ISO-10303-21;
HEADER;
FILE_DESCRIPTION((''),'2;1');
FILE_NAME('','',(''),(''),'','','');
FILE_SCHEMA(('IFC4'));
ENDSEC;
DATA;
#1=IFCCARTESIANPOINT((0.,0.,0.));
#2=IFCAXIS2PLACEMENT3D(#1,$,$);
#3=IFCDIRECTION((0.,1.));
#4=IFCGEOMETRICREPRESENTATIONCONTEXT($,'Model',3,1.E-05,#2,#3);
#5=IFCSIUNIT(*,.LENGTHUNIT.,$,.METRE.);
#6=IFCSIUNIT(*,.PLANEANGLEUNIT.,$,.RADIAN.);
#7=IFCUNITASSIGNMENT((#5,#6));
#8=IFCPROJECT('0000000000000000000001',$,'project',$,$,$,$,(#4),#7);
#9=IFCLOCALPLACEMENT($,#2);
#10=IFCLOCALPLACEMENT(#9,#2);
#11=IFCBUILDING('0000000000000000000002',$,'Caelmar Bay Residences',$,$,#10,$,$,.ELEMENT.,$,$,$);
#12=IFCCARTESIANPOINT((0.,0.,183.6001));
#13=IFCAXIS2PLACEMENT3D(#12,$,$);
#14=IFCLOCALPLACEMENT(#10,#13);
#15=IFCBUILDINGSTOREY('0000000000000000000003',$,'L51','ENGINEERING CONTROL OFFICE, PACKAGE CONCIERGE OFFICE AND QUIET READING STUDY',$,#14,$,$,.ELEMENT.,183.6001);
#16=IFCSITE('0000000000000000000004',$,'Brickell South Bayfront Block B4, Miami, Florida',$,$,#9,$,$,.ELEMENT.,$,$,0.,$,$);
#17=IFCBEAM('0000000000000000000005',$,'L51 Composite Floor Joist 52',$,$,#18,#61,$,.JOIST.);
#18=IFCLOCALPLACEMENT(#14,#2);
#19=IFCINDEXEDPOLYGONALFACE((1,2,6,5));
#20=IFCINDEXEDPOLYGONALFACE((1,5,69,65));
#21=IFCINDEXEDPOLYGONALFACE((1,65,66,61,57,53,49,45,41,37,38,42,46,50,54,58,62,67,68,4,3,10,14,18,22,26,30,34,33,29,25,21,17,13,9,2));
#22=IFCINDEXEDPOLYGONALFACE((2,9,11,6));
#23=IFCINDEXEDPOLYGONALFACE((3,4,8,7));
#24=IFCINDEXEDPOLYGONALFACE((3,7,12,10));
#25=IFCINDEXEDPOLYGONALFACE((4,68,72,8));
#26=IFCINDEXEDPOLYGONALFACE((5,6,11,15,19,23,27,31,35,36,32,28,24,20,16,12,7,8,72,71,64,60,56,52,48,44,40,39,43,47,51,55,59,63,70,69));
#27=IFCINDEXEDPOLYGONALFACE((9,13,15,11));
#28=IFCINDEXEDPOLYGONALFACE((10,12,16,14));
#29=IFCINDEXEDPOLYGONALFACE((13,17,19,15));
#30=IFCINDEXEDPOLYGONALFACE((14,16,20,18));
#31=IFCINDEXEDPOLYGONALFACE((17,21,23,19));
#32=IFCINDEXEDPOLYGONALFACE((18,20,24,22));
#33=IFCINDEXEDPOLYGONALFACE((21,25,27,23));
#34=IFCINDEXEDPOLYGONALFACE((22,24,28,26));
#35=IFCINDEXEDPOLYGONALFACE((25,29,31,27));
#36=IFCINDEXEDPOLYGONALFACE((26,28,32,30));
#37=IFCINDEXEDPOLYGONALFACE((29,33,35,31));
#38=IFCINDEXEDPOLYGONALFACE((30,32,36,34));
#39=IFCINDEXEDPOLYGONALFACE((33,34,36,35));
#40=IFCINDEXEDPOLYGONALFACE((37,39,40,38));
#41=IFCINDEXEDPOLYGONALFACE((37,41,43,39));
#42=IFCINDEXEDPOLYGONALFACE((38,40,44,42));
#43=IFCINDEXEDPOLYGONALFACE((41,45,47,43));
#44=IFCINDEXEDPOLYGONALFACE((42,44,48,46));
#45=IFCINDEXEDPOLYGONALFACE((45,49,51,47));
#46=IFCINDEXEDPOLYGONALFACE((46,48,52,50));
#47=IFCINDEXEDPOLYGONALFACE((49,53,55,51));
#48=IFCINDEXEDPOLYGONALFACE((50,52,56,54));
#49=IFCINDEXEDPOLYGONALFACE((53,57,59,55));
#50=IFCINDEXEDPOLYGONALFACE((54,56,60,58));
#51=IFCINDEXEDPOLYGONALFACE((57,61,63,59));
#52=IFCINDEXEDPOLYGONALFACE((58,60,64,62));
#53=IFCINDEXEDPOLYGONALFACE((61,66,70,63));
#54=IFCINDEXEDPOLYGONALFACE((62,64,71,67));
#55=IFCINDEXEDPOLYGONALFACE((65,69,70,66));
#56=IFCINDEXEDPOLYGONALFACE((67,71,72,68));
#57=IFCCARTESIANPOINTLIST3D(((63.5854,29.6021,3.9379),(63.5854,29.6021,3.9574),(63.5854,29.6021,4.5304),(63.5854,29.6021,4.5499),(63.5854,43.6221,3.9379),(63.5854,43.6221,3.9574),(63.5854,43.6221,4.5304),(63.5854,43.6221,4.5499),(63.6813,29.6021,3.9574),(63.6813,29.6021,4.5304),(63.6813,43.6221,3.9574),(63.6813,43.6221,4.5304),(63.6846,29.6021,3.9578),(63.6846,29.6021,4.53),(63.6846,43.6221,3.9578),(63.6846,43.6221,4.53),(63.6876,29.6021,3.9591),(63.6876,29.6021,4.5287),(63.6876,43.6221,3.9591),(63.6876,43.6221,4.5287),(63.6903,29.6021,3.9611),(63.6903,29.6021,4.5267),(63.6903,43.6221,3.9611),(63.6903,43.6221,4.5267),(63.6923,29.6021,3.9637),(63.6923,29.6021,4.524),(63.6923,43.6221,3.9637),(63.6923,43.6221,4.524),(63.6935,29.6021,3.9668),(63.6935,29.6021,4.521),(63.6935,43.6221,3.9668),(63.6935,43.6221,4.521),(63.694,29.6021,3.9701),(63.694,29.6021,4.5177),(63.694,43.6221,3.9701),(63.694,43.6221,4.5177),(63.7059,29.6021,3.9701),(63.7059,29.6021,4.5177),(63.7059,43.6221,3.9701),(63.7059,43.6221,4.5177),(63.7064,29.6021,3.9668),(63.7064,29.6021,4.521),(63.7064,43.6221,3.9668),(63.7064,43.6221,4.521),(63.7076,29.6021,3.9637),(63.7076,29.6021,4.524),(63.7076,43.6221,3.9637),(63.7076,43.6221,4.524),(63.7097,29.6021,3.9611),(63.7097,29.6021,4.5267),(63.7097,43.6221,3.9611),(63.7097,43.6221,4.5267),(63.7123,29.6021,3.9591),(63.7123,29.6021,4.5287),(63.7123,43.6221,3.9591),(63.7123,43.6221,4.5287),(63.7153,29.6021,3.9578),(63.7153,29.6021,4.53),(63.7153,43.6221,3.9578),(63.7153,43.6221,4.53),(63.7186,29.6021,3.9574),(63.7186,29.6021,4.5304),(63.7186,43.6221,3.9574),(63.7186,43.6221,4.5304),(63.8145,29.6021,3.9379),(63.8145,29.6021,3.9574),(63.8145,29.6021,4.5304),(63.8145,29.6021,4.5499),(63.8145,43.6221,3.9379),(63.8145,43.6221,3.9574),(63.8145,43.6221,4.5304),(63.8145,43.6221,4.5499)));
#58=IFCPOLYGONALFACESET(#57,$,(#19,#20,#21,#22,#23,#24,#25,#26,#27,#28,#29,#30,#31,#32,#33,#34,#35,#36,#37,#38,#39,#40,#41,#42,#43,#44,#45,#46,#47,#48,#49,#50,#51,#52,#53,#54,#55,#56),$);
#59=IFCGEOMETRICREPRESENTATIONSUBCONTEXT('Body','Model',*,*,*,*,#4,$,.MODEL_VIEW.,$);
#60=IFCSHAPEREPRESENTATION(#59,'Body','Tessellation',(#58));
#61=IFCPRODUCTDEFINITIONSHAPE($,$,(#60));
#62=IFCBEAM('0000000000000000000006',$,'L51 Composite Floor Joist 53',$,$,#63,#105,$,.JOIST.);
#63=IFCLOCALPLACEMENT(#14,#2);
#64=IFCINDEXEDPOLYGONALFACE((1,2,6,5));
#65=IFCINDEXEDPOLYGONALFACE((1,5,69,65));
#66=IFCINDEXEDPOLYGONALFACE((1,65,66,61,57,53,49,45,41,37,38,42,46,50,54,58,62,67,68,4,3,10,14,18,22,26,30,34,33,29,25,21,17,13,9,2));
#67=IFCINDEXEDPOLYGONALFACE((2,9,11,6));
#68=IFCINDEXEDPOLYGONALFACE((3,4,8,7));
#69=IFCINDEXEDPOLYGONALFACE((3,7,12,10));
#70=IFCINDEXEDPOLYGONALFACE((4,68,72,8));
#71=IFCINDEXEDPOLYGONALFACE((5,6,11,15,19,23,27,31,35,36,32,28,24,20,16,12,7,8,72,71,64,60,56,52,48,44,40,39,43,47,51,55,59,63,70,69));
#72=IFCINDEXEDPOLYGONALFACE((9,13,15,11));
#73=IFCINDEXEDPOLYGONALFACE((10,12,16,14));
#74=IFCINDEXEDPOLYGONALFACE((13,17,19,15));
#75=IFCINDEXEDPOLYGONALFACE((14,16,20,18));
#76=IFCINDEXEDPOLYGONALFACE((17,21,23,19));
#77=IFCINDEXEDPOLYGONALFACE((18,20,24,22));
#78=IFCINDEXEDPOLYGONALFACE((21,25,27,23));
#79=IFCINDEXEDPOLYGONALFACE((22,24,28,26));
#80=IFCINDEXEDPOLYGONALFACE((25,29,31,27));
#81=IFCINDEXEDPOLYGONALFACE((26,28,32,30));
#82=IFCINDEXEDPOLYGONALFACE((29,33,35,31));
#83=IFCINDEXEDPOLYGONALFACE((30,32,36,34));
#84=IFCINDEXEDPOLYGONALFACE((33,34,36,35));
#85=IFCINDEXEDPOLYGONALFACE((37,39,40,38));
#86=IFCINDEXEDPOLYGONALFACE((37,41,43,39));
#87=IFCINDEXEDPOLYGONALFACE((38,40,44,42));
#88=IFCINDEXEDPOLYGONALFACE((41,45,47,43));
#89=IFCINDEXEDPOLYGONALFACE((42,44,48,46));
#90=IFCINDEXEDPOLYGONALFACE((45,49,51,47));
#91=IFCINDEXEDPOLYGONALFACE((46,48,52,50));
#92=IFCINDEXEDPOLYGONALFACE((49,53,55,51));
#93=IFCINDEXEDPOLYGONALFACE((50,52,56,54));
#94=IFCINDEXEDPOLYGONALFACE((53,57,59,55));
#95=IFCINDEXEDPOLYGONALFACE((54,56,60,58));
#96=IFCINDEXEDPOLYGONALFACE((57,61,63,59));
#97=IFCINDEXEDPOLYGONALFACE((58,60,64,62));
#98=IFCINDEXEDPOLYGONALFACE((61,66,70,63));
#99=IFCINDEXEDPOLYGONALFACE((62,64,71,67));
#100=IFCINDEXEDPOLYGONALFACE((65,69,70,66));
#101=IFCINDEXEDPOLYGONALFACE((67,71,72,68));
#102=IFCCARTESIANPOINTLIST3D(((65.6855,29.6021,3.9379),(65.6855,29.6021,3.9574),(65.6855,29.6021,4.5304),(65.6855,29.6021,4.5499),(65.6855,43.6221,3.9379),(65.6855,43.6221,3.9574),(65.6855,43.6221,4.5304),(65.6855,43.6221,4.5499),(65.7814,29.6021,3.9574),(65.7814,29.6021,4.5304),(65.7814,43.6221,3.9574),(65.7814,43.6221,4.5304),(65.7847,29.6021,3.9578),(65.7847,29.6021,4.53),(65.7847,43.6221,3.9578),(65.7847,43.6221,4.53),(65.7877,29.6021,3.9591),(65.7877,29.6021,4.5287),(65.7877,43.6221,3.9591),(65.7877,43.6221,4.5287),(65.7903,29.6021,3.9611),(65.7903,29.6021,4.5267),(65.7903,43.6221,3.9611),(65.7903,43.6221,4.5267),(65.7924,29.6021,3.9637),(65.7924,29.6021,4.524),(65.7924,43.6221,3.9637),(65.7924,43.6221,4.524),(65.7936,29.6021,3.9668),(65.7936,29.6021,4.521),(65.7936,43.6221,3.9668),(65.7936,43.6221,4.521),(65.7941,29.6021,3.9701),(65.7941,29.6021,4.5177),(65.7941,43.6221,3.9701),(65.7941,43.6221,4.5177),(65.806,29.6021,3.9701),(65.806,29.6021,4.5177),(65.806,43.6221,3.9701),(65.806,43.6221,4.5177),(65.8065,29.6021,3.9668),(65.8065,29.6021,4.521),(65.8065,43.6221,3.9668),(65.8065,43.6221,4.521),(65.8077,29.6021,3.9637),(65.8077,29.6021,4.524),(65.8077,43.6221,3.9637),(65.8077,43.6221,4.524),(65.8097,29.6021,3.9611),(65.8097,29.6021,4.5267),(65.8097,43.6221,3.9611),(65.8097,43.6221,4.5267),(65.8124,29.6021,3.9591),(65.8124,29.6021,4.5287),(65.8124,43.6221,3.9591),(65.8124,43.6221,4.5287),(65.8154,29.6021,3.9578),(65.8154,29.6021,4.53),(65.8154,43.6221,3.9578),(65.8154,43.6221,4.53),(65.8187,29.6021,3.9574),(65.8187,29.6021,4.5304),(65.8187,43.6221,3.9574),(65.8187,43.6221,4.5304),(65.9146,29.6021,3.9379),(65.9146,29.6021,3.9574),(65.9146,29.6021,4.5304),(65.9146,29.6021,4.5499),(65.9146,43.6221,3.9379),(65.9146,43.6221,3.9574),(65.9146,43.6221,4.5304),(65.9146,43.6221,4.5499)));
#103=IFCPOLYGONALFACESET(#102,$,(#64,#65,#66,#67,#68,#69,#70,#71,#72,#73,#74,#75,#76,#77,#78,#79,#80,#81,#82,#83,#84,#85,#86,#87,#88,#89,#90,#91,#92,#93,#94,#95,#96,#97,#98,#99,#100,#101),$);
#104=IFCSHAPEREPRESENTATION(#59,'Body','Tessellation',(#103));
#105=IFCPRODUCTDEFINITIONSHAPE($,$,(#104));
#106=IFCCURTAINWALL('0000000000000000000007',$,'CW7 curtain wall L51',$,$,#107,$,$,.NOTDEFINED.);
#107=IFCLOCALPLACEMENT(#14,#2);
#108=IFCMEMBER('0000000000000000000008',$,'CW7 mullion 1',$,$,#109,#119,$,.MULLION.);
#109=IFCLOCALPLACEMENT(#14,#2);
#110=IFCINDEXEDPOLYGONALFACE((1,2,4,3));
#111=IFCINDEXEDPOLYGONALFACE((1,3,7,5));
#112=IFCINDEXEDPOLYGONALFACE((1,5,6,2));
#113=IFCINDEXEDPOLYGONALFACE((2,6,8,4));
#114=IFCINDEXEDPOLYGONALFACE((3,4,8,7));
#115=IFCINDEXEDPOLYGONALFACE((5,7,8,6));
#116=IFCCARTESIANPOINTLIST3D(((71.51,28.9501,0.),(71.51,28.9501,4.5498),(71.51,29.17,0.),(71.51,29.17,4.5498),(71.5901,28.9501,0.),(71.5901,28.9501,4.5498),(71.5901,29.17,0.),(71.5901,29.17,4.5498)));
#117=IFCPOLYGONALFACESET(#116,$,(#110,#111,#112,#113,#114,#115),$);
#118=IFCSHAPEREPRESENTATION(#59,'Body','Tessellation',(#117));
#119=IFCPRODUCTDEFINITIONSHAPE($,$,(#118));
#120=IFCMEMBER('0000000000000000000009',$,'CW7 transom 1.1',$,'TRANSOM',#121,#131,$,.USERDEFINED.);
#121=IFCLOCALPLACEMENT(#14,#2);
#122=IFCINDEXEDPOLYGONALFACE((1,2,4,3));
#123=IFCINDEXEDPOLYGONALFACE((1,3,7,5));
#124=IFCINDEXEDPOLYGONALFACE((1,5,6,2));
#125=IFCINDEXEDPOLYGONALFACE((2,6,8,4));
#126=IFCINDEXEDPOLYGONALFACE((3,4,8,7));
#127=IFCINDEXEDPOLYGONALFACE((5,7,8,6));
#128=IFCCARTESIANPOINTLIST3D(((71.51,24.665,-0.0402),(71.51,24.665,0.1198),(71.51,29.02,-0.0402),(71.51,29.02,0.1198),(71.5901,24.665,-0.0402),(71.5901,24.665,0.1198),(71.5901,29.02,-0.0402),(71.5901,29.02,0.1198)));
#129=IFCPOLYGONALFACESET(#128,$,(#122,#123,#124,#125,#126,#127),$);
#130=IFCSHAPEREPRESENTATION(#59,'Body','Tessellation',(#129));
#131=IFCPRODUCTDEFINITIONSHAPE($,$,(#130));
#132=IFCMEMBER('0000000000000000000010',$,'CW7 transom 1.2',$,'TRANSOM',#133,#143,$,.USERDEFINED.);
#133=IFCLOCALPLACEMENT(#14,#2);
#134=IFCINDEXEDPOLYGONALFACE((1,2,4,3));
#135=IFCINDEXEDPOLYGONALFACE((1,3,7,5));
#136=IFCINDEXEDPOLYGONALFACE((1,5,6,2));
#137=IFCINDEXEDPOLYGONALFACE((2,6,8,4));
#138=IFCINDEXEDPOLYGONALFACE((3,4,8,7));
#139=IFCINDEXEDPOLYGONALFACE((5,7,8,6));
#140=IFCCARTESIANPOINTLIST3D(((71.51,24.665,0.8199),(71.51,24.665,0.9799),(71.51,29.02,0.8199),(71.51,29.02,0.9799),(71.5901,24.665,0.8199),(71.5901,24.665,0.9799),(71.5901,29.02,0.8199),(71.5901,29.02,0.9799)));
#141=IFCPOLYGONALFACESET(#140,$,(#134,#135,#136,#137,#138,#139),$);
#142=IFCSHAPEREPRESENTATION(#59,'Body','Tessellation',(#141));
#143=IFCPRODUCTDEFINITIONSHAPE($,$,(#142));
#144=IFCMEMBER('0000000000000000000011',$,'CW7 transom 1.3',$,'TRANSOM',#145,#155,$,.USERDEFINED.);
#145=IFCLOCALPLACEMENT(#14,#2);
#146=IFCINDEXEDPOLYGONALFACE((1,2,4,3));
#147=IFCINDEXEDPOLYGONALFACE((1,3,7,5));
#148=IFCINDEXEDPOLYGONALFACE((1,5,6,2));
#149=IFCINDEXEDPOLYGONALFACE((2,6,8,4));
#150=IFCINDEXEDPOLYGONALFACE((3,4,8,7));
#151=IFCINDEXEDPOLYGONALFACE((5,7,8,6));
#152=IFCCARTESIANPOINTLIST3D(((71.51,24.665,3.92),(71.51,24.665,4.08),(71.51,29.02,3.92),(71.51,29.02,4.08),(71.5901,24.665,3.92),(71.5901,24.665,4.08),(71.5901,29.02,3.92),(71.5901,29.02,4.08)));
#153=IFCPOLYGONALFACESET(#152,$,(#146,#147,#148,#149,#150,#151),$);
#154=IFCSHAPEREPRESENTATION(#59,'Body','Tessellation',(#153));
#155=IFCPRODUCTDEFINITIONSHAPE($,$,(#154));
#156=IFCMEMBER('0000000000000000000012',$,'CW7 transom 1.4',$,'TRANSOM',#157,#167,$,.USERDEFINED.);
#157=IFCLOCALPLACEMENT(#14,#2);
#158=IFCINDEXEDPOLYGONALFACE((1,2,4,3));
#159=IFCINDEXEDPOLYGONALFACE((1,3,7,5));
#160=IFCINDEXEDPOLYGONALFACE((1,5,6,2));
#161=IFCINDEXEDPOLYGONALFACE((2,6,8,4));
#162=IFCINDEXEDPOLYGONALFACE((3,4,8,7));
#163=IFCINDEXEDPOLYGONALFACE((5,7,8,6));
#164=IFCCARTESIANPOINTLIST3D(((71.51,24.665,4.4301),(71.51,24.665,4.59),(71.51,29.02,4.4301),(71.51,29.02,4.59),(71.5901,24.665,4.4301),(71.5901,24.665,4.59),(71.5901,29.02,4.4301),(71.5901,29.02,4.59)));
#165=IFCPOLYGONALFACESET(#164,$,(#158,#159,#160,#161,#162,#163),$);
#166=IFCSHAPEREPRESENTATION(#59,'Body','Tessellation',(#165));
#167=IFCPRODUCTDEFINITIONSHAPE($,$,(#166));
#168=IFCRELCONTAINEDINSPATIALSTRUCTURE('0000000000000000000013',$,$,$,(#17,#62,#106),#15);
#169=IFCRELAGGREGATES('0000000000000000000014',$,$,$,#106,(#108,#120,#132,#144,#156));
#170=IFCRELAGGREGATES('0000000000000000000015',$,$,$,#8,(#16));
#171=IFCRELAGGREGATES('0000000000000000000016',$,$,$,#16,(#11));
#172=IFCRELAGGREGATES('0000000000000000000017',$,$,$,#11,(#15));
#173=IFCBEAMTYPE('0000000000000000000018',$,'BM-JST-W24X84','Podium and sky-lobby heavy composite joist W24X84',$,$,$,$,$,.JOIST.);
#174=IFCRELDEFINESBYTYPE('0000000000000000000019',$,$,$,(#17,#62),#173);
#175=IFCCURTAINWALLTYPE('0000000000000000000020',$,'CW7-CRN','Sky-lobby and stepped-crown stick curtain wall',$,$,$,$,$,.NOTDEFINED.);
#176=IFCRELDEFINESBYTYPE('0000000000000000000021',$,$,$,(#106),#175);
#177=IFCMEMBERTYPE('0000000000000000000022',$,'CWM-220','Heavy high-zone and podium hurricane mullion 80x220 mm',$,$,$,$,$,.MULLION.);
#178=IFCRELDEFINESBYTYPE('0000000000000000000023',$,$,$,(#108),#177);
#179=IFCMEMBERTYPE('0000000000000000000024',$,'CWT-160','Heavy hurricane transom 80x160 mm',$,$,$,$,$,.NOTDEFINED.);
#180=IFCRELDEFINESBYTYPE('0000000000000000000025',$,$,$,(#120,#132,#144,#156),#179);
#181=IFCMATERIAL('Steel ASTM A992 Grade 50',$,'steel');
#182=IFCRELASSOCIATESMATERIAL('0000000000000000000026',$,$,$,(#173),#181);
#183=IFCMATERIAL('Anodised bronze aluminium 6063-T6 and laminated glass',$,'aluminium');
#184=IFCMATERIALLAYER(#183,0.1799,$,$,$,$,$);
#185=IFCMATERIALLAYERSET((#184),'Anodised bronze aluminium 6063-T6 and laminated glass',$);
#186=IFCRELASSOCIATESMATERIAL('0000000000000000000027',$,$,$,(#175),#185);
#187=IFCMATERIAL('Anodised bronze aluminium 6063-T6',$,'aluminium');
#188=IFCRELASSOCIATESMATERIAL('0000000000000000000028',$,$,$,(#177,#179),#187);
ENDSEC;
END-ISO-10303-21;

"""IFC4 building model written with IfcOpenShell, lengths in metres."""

from ifc_helpers import new_model, si_unit, direction, frame, origin, origin_2d, place, context, subcontext, project, spatial, rectangle, i_section, extrude, material, layer, layer_set, material_profile, profile_set, type_object, element, aggregate, save


model = new_model("IFC4")

# Units and contexts
model_context = context("Model", 3, precision=1e-05, world=origin(), true_north=direction((0.0, 1.0)))
body_context = subcontext(model_context, "Body", "Model", "MODEL_VIEW")
ifc_project = project(units=[si_unit("LENGTHUNIT", "METRE"), si_unit("PLANEANGLEUNIT", "RADIAN")], contexts=[model_context])

# Site, building, storey
site_placement = place(None, origin())
site = spatial("IfcSite", under=ifc_project, at=site_placement, Name="Brickell South Bayfront Block B4, Miami, Florida", CompositionType="ELEMENT", RefElevation=0.0)
building_placement = place(site_placement, origin())
building = spatial("IfcBuilding", under=site, at=building_placement, Name="Caelmar Bay Residences", CompositionType="ELEMENT")
storey_placement = place(building_placement, frame((0.0, 0.0, 183.6001)))
storey = spatial("IfcBuildingStorey", under=building, at=storey_placement, Name="L51", Description="ENGINEERING CONTROL OFFICE, PACKAGE CONCIERGE OFFICE AND QUIET READING STUDY", CompositionType="ELEMENT", Elevation=183.6001)

# Beams
ifc_material_1 = material(Name="Steel ASTM A992 Grade 50", Category="steel")
ifc_material_profile_1 = material_profile(ifc_material_1, i_section(OverallWidth=0.229, OverallDepth=0.6121, WebThickness=0.012, FlangeThickness=0.0195, FilletRadius=0.0127, at=origin_2d()), Name="W24X84")
ifc_profile_set_1 = profile_set([ifc_material_profile_1], Name="Steel ASTM A992 Grade 50")
beam_type_1 = type_object("IfcBeamType", Name="BM-JST-W24X84", Description="Podium and sky-lobby heavy composite joist W24X84", PredefinedType="JOIST", material=ifc_profile_set_1)
for number, where, z_axis, x_axis, name in (
    (1, (63.7, 29.6021, 4.2439), (0.0, 1.0, 0.0), (-1.0, 0.0, 0.0), "L51 Composite Floor Joist 52"),
    (2, (65.8, 29.6021, 4.2439), (0.0, 1.0, 0.0), (-1.0, 0.0, 0.0), "L51 Composite Floor Joist 53"),
):
    element("IfcBeam", number, at=place(storey_placement, frame(where, z_axis=z_axis, x_axis=x_axis)), inside=storey, type_object=beam_type_1, Name=name, PredefinedType="JOIST", context=body_context, shape_type="SweptSolid", body=[
        extrude(i_section(OverallWidth=0.229, OverallDepth=0.6121, WebThickness=0.012, FlangeThickness=0.0195, FilletRadius=0.0127, at=origin_2d()), origin(), (0.0, 0.0, 1.0), 14.02),
    ])

# Curtain wall, members
ifc_material_2 = material(Name="Anodised bronze aluminium 6063-T6 and laminated glass", Category="aluminium")
ifc_layer_1 = layer(ifc_material_2, 0.1799)
ifc_layer_set_1 = layer_set([ifc_layer_1], Name="Anodised bronze aluminium 6063-T6 and laminated glass")
curtain_wall_type = type_object("IfcCurtainWallType", Name="CW7-CRN", Description="Sky-lobby and stepped-crown stick curtain wall", PredefinedType="NOTDEFINED", material=ifc_layer_set_1)
curtain_wall_placement = place(storey_placement, origin())
curtain_wall = element("IfcCurtainWall", 3, at=curtain_wall_placement, inside=storey, type_object=curtain_wall_type, Name="CW7 curtain wall L51", PredefinedType="NOTDEFINED")
ifc_material_3 = material(Name="Anodised bronze aluminium 6063-T6", Category="aluminium")
ifc_material_profile_2 = material_profile(ifc_material_3, rectangle(XDim=0.0801, YDim=0.22, at=origin_2d()), Name="CWM-80X220")
ifc_profile_set_2 = profile_set([ifc_material_profile_2], Name="Anodised bronze aluminium 6063-T6")
member_type_1 = type_object("IfcMemberType", Name="CWM-220", Description="Heavy high-zone and podium hurricane mullion 80x220 mm", PredefinedType="MULLION", material=ifc_profile_set_2)
member_1_placement = place(storey_placement, frame((71.55, 29.0601, 0.0), z_axis=(0.0, 0.0, 1.0), x_axis=(1.0, 0.0, 0.0)))
member_1 = element("IfcMember", 4, at=member_1_placement, type_object=member_type_1, Name="CW7 mullion 1", PredefinedType="MULLION", context=body_context, shape_type="SweptSolid", body=[
    extrude(rectangle(XDim=0.0801, YDim=0.22, at=origin_2d()), origin(), (0.0, 0.0, 1.0), 4.5498),
])
ifc_material_profile_3 = material_profile(ifc_material_3, rectangle(XDim=0.0801, YDim=0.1599, at=origin_2d()), Name="CWT-80X160")
ifc_profile_set_3 = profile_set([ifc_material_profile_3], Name="Anodised bronze aluminium 6063-T6")
member_type_2 = type_object("IfcMemberType", Name="CWT-160", Description="Heavy hurricane transom 80x160 mm", PredefinedType="NOTDEFINED", material=ifc_profile_set_3)
member_2_placement = place(storey_placement, frame((71.55, 29.02, 0.0398), z_axis=(0.0, -1.0, 0.0), x_axis=(1.0, 0.0, 0.0)))
member_2 = element("IfcMember", 5, at=member_2_placement, type_object=member_type_2, Name="CW7 transom 1.1", ObjectType="TRANSOM", PredefinedType="USERDEFINED", context=body_context, shape_type="SweptSolid", body=[
    extrude(rectangle(XDim=0.0801, YDim=0.1599, at=origin_2d()), origin(), (0.0, 0.0, 1.0), 4.355),
])
member_3_placement = place(storey_placement, frame((71.55, 29.02, 0.8999), z_axis=(0.0, -1.0, 0.0), x_axis=(1.0, 0.0, 0.0)))
member_3 = element("IfcMember", 6, at=member_3_placement, type_object=member_type_2, Name="CW7 transom 1.2", ObjectType="TRANSOM", PredefinedType="USERDEFINED", context=body_context, shape_type="SweptSolid", body=[
    extrude(rectangle(XDim=0.0801, YDim=0.1599, at=origin_2d()), origin(), (0.0, 0.0, 1.0), 4.355),
])
member_4_placement = place(storey_placement, frame((71.55, 29.02, 4.0), z_axis=(0.0, -1.0, 0.0), x_axis=(1.0, 0.0, 0.0)))
member_4 = element("IfcMember", 7, at=member_4_placement, type_object=member_type_2, Name="CW7 transom 1.3", ObjectType="TRANSOM", PredefinedType="USERDEFINED", context=body_context, shape_type="SweptSolid", body=[
    extrude(rectangle(XDim=0.0801, YDim=0.1599, at=origin_2d()), origin(), (0.0, 0.0, 1.0), 4.355),
])
member_5_placement = place(storey_placement, frame((71.55, 29.02, 4.51), z_axis=(0.0, -1.0, 0.0), x_axis=(1.0, 0.0, 0.0)))
member_5 = element("IfcMember", 8, at=member_5_placement, type_object=member_type_2, Name="CW7 transom 1.4", ObjectType="TRANSOM", PredefinedType="USERDEFINED", context=body_context, shape_type="SweptSolid", body=[
    extrude(rectangle(XDim=0.0801, YDim=0.1599, at=origin_2d()), origin(), (0.0, 0.0, 1.0), 4.355),
])
aggregate(curtain_wall, [member_1, member_2, member_3, member_4, member_5])

save(model, "model.ifc")
